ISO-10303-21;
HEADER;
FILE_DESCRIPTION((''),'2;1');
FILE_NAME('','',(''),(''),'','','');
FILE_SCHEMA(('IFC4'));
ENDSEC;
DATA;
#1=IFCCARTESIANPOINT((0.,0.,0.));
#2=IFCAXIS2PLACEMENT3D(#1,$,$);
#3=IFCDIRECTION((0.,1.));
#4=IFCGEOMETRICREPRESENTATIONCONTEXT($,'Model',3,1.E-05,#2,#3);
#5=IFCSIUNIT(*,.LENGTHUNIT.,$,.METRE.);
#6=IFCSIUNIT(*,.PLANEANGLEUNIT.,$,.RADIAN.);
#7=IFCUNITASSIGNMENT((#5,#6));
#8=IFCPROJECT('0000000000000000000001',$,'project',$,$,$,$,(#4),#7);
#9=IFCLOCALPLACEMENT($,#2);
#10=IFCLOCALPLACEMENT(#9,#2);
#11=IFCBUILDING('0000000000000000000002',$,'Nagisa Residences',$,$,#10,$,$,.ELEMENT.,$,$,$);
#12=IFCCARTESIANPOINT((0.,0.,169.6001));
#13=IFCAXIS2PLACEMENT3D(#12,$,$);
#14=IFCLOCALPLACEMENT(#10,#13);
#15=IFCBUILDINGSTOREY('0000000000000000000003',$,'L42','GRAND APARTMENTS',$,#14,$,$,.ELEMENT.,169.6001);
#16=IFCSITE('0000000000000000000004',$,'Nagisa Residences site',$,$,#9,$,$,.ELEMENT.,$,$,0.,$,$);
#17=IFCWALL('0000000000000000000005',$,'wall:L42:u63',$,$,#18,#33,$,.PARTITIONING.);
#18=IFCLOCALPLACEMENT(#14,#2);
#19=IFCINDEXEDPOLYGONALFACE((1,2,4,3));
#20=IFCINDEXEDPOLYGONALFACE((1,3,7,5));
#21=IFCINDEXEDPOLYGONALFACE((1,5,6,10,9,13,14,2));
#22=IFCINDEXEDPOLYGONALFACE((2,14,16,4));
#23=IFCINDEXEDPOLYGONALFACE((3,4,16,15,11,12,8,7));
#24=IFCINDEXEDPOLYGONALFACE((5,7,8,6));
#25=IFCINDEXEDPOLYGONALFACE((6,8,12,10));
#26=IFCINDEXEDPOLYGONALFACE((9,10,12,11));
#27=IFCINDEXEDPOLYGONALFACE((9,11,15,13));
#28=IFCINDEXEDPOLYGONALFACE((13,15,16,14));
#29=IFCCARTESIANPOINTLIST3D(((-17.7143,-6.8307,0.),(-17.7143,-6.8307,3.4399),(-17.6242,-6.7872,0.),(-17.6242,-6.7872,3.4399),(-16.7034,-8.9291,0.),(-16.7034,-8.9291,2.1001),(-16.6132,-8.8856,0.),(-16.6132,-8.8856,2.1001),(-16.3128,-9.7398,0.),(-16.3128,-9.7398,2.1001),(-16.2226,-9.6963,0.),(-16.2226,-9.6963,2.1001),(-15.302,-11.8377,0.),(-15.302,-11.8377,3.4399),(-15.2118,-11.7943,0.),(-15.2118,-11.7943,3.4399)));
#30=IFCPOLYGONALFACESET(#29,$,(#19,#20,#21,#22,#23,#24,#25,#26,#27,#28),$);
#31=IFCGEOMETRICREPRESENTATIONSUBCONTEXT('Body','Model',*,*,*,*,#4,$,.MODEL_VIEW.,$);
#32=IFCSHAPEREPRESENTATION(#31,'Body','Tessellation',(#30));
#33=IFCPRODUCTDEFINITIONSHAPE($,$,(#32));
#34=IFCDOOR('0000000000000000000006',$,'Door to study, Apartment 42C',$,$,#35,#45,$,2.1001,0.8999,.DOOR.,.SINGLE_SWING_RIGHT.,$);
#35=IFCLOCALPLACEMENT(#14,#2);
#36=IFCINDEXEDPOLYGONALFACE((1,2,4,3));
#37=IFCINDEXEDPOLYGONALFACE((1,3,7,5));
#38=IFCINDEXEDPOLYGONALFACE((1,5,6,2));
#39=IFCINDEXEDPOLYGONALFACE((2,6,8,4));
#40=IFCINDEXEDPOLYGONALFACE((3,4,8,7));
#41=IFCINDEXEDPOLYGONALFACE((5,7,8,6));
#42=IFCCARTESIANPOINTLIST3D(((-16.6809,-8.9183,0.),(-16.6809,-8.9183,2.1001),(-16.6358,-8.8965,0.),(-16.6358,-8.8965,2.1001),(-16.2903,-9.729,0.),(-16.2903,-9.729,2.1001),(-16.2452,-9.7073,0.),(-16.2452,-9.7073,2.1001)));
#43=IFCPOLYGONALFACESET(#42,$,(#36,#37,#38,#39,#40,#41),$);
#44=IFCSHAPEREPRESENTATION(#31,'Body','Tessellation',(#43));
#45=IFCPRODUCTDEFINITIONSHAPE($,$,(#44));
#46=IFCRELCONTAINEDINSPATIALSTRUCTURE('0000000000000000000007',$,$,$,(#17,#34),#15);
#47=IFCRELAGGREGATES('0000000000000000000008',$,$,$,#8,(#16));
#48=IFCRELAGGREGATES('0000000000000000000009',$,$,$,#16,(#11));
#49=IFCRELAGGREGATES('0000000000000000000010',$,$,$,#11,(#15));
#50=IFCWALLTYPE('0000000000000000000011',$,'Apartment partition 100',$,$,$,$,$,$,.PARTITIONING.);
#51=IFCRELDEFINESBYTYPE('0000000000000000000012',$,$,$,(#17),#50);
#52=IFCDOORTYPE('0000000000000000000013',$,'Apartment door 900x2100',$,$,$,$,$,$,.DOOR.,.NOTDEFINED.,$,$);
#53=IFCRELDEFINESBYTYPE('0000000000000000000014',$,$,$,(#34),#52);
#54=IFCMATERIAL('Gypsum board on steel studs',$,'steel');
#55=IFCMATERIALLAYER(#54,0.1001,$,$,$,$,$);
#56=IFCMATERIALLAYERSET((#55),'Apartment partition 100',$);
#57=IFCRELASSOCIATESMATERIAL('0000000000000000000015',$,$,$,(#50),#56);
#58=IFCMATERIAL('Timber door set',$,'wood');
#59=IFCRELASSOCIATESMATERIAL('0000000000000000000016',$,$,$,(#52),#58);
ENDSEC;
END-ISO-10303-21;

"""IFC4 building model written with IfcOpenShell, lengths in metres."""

from ifc_helpers import new_model, si_unit, direction, frame, frame_2d, origin, place, context, subcontext, project, spatial, rectangle, extrude, material, layer, layer_set, type_object, element, fill, save


model = new_model("IFC4")

# Units and contexts
model_context = context("Model", 3, precision=1e-05, world=origin(), true_north=direction((0.0, 1.0)))
body_context = subcontext(model_context, "Body", "Model", "MODEL_VIEW")
ifc_project = project(units=[si_unit("LENGTHUNIT", "METRE"), si_unit("PLANEANGLEUNIT", "RADIAN")], contexts=[model_context])

# Site, building, storey
site_placement = place(None, origin())
site = spatial("IfcSite", under=ifc_project, at=site_placement, Name="Nagisa Residences site", CompositionType="ELEMENT", RefElevation=0.0)
building_placement = place(site_placement, origin())
building = spatial("IfcBuilding", under=site, at=building_placement, Name="Nagisa Residences", CompositionType="ELEMENT")
storey_placement = place(building_placement, frame((0.0, 0.0, 169.6001)))
storey = spatial("IfcBuildingStorey", under=building, at=storey_placement, Name="L42", Description="GRAND APARTMENTS", CompositionType="ELEMENT", Elevation=169.6001)

# Shared definitions
ifc_material_1 = material(Name="Gypsum board on steel studs", Category="steel")
ifc_layer_1 = layer(ifc_material_1, 0.1001)
ifc_layer_set_1 = layer_set([ifc_layer_1], Name="Apartment partition 100")
wall_type_1 = type_object("IfcWallType", Name="Apartment partition 100", PredefinedType="PARTITIONING", material=ifc_layer_set_1)

# Shared definitions
ifc_material_2 = material(Name="Timber door set", Category="wood")
door_type_1 = type_object("IfcDoorType", Name="Apartment door 900x2100", OperationType="NOTDEFINED", PredefinedType="DOOR", material=ifc_material_2)

# Wall, opening, door
wall_1_placement = place(storey_placement, frame((-17.6692, -6.8091, 0.0), z_axis=(0.0, 0.0, 1.0), x_axis=(0.43404, -0.900894, 0.0)))
wall_1 = element("IfcWall", 1, at=wall_1_placement, inside=storey, type_object=wall_type_1, Name="wall:L42:u63", PredefinedType="PARTITIONING", context=body_context, shape_type="SweptSolid", body=[
    extrude(rectangle(XDim=5.5579, YDim=0.1001, at=frame_2d((2.7788, 0.0))), origin(), (0.0, 0.0, 1.0), 3.4399),
])
opening_1_placement = place(wall_1_placement, frame((2.3291, 0.0, 0.0)))
opening_1 = element("IfcOpeningElement", 2, at=opening_1_placement, cuts=wall_1, PredefinedType="OPENING", context=body_context, shape_type="SweptSolid", body=[
    extrude(rectangle(XDim=0.8999, YDim=2.1001, at=frame_2d((0.45, 1.05))), frame((0.0, 0.0601, 0.0), z_axis=(0.0, -1.0, 0.0), x_axis=(1.0, 0.0, 0.0)), (0.0, 0.0, 1.0), 0.1201),
])
door_1_placement = place(opening_1_placement, origin())
door_1 = element("IfcDoor", 3, at=door_1_placement, inside=storey, type_object=door_type_1, Name="Door to study, Apartment 42C", OperationType="SINGLE_SWING_RIGHT", OverallHeight=2.1001, OverallWidth=0.8999, PredefinedType="DOOR", context=body_context, shape_type="SweptSolid", body=[
    extrude(rectangle(XDim=0.8999, YDim=2.1001, at=frame_2d((0.45, 1.05))), frame((0.0, 0.0249, 0.0), z_axis=(0.0, -1.0, 0.0), x_axis=(1.0, 0.0, 0.0)), (0.0, 0.0, 1.0), 0.05),
])
fill(opening_1, door_1)

save(model, "model.ifc")
